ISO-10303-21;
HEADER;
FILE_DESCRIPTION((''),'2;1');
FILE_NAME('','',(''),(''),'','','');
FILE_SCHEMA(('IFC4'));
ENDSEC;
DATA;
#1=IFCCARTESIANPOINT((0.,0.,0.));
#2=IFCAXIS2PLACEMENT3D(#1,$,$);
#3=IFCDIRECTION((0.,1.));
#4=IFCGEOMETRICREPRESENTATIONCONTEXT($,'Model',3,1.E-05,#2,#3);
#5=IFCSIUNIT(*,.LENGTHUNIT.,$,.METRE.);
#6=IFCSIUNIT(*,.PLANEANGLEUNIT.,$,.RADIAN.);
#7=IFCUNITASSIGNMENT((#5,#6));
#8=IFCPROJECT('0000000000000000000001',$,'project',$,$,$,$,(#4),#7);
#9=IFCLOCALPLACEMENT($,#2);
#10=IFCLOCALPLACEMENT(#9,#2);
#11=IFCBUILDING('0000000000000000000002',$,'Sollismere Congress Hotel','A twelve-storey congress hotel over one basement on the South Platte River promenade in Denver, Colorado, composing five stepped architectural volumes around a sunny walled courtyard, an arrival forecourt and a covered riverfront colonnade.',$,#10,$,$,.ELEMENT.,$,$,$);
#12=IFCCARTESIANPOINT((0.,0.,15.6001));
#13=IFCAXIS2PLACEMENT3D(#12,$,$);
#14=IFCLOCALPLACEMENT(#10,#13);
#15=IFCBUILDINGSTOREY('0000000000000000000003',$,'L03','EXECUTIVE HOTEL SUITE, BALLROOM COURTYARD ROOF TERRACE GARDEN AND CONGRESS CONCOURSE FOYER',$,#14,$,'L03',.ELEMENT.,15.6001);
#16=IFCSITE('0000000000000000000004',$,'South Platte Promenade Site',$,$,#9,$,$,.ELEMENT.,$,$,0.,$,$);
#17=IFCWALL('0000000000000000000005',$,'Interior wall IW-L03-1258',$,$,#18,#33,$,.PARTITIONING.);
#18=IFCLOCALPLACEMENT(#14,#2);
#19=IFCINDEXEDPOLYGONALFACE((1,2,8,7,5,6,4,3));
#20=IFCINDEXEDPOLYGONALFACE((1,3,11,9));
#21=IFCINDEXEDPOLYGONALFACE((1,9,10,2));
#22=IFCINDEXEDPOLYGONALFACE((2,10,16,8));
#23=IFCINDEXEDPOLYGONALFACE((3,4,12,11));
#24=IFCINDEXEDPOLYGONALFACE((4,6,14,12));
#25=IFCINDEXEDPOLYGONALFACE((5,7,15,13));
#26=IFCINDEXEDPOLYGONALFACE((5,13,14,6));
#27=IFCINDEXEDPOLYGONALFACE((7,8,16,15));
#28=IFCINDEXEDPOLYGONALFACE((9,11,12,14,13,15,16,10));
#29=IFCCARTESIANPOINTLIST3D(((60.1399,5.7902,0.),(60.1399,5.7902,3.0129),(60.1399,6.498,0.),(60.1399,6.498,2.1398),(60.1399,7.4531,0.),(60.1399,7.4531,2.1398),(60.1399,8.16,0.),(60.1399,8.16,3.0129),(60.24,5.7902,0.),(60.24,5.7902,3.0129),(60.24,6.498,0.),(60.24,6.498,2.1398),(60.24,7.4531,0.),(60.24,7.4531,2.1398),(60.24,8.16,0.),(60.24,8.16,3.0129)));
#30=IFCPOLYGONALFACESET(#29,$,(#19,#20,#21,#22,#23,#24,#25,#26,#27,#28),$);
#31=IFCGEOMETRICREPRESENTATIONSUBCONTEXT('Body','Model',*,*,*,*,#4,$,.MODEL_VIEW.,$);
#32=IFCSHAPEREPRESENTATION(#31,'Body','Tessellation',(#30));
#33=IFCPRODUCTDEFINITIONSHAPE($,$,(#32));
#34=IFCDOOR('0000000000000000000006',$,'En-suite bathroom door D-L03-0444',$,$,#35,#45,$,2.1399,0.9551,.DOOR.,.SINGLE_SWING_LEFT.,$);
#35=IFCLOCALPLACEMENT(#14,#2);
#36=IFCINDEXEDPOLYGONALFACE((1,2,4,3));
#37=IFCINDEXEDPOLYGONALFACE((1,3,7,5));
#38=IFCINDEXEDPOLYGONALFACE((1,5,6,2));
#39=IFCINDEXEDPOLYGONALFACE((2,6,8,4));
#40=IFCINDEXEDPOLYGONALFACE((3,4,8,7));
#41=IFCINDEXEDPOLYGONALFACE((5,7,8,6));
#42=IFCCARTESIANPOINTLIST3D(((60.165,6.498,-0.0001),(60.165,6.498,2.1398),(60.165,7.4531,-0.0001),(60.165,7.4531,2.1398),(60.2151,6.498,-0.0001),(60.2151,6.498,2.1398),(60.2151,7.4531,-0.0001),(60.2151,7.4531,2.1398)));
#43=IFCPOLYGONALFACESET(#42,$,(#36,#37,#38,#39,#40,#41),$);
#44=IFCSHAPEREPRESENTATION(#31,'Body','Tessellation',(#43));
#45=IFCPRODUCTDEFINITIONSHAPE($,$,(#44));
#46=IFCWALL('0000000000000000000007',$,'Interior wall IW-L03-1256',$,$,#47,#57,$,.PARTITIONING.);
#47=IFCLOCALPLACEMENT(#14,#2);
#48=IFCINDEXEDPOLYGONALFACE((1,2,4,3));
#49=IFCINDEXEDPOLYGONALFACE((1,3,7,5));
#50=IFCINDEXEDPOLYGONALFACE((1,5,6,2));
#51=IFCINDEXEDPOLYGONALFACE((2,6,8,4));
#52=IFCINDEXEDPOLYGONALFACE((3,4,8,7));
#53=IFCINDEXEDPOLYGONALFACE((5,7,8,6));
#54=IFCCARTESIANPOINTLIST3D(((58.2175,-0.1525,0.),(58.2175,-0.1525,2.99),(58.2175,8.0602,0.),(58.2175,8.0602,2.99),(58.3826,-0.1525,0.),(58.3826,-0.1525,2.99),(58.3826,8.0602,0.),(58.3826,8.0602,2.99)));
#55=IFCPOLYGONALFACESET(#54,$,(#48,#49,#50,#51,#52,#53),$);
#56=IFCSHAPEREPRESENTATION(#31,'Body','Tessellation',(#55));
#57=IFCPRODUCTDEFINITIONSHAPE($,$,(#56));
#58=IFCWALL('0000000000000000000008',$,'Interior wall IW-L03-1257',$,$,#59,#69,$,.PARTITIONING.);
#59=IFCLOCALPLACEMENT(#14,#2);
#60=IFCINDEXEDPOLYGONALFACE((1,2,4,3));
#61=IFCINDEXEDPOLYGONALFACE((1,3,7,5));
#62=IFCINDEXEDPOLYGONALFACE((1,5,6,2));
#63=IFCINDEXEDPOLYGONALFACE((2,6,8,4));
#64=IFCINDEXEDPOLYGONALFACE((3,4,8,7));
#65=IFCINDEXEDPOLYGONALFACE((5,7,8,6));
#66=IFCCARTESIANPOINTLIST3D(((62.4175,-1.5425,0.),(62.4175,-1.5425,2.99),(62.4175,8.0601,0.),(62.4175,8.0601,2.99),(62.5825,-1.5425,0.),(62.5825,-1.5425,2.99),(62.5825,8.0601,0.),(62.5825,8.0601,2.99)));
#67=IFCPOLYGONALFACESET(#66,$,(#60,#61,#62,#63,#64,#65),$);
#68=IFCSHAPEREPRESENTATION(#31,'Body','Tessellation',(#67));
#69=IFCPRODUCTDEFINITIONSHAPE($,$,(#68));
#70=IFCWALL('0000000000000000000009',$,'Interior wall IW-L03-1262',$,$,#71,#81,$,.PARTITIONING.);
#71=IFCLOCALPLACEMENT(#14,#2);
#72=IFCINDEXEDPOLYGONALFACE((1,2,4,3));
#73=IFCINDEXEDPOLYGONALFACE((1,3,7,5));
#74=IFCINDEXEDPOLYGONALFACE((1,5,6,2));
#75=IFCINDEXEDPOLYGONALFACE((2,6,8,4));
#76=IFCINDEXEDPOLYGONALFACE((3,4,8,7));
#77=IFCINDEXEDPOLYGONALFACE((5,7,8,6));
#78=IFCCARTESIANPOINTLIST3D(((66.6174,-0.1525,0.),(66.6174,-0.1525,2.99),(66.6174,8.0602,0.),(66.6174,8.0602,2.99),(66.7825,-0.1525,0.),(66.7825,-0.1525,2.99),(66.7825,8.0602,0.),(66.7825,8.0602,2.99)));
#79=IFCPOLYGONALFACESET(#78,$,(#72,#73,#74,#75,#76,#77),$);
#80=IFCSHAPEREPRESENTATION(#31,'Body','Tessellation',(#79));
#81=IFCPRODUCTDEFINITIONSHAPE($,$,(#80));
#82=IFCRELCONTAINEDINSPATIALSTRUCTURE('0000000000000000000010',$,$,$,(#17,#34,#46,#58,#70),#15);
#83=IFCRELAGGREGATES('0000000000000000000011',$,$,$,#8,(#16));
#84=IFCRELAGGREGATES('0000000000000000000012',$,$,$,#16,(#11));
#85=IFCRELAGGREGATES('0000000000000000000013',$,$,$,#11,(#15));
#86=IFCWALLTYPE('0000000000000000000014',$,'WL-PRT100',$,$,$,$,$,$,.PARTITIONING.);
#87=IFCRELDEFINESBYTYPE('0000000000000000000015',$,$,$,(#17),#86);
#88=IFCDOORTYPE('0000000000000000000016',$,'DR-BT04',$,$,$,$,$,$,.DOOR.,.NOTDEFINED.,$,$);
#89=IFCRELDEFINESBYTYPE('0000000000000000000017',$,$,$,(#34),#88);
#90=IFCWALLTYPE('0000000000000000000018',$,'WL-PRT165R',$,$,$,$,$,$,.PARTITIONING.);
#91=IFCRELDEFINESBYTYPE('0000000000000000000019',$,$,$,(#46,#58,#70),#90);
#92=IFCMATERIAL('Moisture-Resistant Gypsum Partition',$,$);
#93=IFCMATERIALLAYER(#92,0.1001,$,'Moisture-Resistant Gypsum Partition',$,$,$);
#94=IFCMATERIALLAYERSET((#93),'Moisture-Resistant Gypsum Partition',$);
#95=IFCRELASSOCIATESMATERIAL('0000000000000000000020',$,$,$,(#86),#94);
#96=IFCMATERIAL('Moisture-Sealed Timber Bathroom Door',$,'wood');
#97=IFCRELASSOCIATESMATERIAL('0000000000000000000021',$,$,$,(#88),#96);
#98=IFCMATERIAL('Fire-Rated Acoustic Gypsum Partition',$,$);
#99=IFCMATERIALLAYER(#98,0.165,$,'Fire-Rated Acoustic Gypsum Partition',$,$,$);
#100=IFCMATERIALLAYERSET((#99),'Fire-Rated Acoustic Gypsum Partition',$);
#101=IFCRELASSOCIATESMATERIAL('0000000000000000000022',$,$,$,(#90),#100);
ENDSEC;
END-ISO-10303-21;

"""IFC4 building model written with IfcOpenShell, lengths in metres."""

from ifc_helpers import new_model, si_unit, direction, frame, frame_2d, origin, place, context, subcontext, project, spatial, rectangle, extrude, material, layer, layer_set, type_object, element, fill, save


model = new_model("IFC4")

# Units and contexts
model_context = context("Model", 3, precision=1e-05, world=origin(), true_north=direction((0.0, 1.0)))
body_context = subcontext(model_context, "Body", "Model", "MODEL_VIEW")
ifc_project = project(units=[si_unit("LENGTHUNIT", "METRE"), si_unit("PLANEANGLEUNIT", "RADIAN")], contexts=[model_context])

# Site, building, storey
site_placement = place(None, origin())
site = spatial("IfcSite", under=ifc_project, at=site_placement, Name="South Platte Promenade Site", CompositionType="ELEMENT", RefElevation=0.0)
building_placement = place(site_placement, origin())
building = spatial("IfcBuilding", under=site, at=building_placement, Name="Sollismere Congress Hotel", Description="A twelve-storey congress hotel over one basement on the South Platte River promenade in Denver, Colorado, composing five stepped architectural volumes around a sunny walled courtyard, an arrival forecourt and a covered riverfront colonnade.", CompositionType="ELEMENT")
storey_placement = place(building_placement, frame((0.0, 0.0, 15.6001)))
storey = spatial("IfcBuildingStorey", under=building, at=storey_placement, Name="L03", Description="EXECUTIVE HOTEL SUITE, BALLROOM COURTYARD ROOF TERRACE GARDEN AND CONGRESS CONCOURSE FOYER", LongName="L03", CompositionType="ELEMENT", Elevation=15.6001)

# Wall, opening, door
ifc_material_1 = material(Name="Moisture-Resistant Gypsum Partition")
ifc_layer_1 = layer(ifc_material_1, 0.1001, Name="Moisture-Resistant Gypsum Partition")
ifc_layer_set_1 = layer_set([ifc_layer_1], Name="Moisture-Resistant Gypsum Partition")
wall_type_1 = type_object("IfcWallType", Name="WL-PRT100", PredefinedType="PARTITIONING", material=ifc_layer_set_1)
wall_1_placement = place(storey_placement, frame((60.1899, 5.79, 0.0), z_axis=(0.0, 0.0, 1.0), x_axis=(0.0, 1.0, 0.0)))
wall_1 = element("IfcWall", 1, at=wall_1_placement, inside=storey, type_object=wall_type_1, Name="Interior wall IW-L03-1258", PredefinedType="PARTITIONING", context=body_context, shape_type="SweptSolid", body=[
    extrude(rectangle(XDim=2.3699, YDim=0.1001, at=frame_2d((1.1851, 0.0))), origin(), (0.0, 0.0, 1.0), 3.0129),
])
opening_1_placement = place(wall_1_placement, frame((0.708, 0.0, 0.0)))
opening_1 = element("IfcOpeningElement", 2, at=opening_1_placement, cuts=wall_1, PredefinedType="OPENING", context=body_context, shape_type="SweptSolid", body=[
    extrude(rectangle(XDim=0.9551, YDim=2.1399, at=frame_2d((0.4775, 1.0698))), frame((0.0, 0.0601, 0.0), z_axis=(0.0, -1.0, 0.0), x_axis=(1.0, 0.0, 0.0)), (0.0, 0.0, 1.0), 0.1201),
])
ifc_material_2 = material(Name="Moisture-Sealed Timber Bathroom Door", Category="wood")
door_type = type_object("IfcDoorType", Name="DR-BT04", OperationType="NOTDEFINED", PredefinedType="DOOR", material=ifc_material_2)
door_placement = place(opening_1_placement, origin())
door = element("IfcDoor", 3, at=door_placement, inside=storey, type_object=door_type, Name="En-suite bathroom door D-L03-0444", OperationType="SINGLE_SWING_LEFT", OverallHeight=2.1399, OverallWidth=0.9551, PredefinedType="DOOR", context=body_context, shape_type="SweptSolid", body=[
    extrude(rectangle(XDim=0.9551, YDim=2.1399, at=frame_2d((0.4775, 1.0698))), frame((0.0, 0.0249, 0.0), z_axis=(0.0, -1.0, 0.0), x_axis=(1.0, 0.0, 0.0)), (0.0, 0.0, 1.0), 0.05),
])
fill(opening_1, door)

# Walls
ifc_material_3 = material(Name="Fire-Rated Acoustic Gypsum Partition")
ifc_layer_2 = layer(ifc_material_3, 0.165, Name="Fire-Rated Acoustic Gypsum Partition")
ifc_layer_set_2 = layer_set([ifc_layer_2], Name="Fire-Rated Acoustic Gypsum Partition")
wall_type_2 = type_object("IfcWallType", Name="WL-PRT165R", PredefinedType="PARTITIONING", material=ifc_layer_set_2)
wall_2_placement = place(storey_placement, frame((58.3, -0.1526, 0.0), z_axis=(0.0, 0.0, 1.0), x_axis=(0.0, 1.0, 0.0)))
element("IfcWall", 4, at=wall_2_placement, inside=storey, type_object=wall_type_2, Name="Interior wall IW-L03-1256", PredefinedType="PARTITIONING", context=body_context, shape_type="SweptSolid", body=[
    extrude(rectangle(XDim=8.2126, YDim=0.165, at=frame_2d((4.1064, 0.0))), origin(), (0.0, 0.0, 1.0), 2.99),
])
wall_3_placement = place(storey_placement, frame((62.5, -1.5425, 0.0), z_axis=(0.0, 0.0, 1.0), x_axis=(0.0, 1.0, 0.0)))
element("IfcWall", 5, at=wall_3_placement, inside=storey, type_object=wall_type_2, Name="Interior wall IW-L03-1257", PredefinedType="PARTITIONING", context=body_context, shape_type="SweptSolid", body=[
    extrude(rectangle(XDim=9.6025, YDim=0.165, at=frame_2d((4.8013, 0.0))), origin(), (0.0, 0.0, 1.0), 2.99),
])
wall_4_placement = place(storey_placement, frame((66.7, -0.1526, 0.0), z_axis=(0.0, 0.0, 1.0), x_axis=(0.0, 1.0, 0.0)))
element("IfcWall", 6, at=wall_4_placement, inside=storey, type_object=wall_type_2, Name="Interior wall IW-L03-1262", PredefinedType="PARTITIONING", context=body_context, shape_type="SweptSolid", body=[
    extrude(rectangle(XDim=8.2126, YDim=0.165, at=frame_2d((4.1064, 0.0))), origin(), (0.0, 0.0, 1.0), 2.99),
])

save(model, "model.ifc")
